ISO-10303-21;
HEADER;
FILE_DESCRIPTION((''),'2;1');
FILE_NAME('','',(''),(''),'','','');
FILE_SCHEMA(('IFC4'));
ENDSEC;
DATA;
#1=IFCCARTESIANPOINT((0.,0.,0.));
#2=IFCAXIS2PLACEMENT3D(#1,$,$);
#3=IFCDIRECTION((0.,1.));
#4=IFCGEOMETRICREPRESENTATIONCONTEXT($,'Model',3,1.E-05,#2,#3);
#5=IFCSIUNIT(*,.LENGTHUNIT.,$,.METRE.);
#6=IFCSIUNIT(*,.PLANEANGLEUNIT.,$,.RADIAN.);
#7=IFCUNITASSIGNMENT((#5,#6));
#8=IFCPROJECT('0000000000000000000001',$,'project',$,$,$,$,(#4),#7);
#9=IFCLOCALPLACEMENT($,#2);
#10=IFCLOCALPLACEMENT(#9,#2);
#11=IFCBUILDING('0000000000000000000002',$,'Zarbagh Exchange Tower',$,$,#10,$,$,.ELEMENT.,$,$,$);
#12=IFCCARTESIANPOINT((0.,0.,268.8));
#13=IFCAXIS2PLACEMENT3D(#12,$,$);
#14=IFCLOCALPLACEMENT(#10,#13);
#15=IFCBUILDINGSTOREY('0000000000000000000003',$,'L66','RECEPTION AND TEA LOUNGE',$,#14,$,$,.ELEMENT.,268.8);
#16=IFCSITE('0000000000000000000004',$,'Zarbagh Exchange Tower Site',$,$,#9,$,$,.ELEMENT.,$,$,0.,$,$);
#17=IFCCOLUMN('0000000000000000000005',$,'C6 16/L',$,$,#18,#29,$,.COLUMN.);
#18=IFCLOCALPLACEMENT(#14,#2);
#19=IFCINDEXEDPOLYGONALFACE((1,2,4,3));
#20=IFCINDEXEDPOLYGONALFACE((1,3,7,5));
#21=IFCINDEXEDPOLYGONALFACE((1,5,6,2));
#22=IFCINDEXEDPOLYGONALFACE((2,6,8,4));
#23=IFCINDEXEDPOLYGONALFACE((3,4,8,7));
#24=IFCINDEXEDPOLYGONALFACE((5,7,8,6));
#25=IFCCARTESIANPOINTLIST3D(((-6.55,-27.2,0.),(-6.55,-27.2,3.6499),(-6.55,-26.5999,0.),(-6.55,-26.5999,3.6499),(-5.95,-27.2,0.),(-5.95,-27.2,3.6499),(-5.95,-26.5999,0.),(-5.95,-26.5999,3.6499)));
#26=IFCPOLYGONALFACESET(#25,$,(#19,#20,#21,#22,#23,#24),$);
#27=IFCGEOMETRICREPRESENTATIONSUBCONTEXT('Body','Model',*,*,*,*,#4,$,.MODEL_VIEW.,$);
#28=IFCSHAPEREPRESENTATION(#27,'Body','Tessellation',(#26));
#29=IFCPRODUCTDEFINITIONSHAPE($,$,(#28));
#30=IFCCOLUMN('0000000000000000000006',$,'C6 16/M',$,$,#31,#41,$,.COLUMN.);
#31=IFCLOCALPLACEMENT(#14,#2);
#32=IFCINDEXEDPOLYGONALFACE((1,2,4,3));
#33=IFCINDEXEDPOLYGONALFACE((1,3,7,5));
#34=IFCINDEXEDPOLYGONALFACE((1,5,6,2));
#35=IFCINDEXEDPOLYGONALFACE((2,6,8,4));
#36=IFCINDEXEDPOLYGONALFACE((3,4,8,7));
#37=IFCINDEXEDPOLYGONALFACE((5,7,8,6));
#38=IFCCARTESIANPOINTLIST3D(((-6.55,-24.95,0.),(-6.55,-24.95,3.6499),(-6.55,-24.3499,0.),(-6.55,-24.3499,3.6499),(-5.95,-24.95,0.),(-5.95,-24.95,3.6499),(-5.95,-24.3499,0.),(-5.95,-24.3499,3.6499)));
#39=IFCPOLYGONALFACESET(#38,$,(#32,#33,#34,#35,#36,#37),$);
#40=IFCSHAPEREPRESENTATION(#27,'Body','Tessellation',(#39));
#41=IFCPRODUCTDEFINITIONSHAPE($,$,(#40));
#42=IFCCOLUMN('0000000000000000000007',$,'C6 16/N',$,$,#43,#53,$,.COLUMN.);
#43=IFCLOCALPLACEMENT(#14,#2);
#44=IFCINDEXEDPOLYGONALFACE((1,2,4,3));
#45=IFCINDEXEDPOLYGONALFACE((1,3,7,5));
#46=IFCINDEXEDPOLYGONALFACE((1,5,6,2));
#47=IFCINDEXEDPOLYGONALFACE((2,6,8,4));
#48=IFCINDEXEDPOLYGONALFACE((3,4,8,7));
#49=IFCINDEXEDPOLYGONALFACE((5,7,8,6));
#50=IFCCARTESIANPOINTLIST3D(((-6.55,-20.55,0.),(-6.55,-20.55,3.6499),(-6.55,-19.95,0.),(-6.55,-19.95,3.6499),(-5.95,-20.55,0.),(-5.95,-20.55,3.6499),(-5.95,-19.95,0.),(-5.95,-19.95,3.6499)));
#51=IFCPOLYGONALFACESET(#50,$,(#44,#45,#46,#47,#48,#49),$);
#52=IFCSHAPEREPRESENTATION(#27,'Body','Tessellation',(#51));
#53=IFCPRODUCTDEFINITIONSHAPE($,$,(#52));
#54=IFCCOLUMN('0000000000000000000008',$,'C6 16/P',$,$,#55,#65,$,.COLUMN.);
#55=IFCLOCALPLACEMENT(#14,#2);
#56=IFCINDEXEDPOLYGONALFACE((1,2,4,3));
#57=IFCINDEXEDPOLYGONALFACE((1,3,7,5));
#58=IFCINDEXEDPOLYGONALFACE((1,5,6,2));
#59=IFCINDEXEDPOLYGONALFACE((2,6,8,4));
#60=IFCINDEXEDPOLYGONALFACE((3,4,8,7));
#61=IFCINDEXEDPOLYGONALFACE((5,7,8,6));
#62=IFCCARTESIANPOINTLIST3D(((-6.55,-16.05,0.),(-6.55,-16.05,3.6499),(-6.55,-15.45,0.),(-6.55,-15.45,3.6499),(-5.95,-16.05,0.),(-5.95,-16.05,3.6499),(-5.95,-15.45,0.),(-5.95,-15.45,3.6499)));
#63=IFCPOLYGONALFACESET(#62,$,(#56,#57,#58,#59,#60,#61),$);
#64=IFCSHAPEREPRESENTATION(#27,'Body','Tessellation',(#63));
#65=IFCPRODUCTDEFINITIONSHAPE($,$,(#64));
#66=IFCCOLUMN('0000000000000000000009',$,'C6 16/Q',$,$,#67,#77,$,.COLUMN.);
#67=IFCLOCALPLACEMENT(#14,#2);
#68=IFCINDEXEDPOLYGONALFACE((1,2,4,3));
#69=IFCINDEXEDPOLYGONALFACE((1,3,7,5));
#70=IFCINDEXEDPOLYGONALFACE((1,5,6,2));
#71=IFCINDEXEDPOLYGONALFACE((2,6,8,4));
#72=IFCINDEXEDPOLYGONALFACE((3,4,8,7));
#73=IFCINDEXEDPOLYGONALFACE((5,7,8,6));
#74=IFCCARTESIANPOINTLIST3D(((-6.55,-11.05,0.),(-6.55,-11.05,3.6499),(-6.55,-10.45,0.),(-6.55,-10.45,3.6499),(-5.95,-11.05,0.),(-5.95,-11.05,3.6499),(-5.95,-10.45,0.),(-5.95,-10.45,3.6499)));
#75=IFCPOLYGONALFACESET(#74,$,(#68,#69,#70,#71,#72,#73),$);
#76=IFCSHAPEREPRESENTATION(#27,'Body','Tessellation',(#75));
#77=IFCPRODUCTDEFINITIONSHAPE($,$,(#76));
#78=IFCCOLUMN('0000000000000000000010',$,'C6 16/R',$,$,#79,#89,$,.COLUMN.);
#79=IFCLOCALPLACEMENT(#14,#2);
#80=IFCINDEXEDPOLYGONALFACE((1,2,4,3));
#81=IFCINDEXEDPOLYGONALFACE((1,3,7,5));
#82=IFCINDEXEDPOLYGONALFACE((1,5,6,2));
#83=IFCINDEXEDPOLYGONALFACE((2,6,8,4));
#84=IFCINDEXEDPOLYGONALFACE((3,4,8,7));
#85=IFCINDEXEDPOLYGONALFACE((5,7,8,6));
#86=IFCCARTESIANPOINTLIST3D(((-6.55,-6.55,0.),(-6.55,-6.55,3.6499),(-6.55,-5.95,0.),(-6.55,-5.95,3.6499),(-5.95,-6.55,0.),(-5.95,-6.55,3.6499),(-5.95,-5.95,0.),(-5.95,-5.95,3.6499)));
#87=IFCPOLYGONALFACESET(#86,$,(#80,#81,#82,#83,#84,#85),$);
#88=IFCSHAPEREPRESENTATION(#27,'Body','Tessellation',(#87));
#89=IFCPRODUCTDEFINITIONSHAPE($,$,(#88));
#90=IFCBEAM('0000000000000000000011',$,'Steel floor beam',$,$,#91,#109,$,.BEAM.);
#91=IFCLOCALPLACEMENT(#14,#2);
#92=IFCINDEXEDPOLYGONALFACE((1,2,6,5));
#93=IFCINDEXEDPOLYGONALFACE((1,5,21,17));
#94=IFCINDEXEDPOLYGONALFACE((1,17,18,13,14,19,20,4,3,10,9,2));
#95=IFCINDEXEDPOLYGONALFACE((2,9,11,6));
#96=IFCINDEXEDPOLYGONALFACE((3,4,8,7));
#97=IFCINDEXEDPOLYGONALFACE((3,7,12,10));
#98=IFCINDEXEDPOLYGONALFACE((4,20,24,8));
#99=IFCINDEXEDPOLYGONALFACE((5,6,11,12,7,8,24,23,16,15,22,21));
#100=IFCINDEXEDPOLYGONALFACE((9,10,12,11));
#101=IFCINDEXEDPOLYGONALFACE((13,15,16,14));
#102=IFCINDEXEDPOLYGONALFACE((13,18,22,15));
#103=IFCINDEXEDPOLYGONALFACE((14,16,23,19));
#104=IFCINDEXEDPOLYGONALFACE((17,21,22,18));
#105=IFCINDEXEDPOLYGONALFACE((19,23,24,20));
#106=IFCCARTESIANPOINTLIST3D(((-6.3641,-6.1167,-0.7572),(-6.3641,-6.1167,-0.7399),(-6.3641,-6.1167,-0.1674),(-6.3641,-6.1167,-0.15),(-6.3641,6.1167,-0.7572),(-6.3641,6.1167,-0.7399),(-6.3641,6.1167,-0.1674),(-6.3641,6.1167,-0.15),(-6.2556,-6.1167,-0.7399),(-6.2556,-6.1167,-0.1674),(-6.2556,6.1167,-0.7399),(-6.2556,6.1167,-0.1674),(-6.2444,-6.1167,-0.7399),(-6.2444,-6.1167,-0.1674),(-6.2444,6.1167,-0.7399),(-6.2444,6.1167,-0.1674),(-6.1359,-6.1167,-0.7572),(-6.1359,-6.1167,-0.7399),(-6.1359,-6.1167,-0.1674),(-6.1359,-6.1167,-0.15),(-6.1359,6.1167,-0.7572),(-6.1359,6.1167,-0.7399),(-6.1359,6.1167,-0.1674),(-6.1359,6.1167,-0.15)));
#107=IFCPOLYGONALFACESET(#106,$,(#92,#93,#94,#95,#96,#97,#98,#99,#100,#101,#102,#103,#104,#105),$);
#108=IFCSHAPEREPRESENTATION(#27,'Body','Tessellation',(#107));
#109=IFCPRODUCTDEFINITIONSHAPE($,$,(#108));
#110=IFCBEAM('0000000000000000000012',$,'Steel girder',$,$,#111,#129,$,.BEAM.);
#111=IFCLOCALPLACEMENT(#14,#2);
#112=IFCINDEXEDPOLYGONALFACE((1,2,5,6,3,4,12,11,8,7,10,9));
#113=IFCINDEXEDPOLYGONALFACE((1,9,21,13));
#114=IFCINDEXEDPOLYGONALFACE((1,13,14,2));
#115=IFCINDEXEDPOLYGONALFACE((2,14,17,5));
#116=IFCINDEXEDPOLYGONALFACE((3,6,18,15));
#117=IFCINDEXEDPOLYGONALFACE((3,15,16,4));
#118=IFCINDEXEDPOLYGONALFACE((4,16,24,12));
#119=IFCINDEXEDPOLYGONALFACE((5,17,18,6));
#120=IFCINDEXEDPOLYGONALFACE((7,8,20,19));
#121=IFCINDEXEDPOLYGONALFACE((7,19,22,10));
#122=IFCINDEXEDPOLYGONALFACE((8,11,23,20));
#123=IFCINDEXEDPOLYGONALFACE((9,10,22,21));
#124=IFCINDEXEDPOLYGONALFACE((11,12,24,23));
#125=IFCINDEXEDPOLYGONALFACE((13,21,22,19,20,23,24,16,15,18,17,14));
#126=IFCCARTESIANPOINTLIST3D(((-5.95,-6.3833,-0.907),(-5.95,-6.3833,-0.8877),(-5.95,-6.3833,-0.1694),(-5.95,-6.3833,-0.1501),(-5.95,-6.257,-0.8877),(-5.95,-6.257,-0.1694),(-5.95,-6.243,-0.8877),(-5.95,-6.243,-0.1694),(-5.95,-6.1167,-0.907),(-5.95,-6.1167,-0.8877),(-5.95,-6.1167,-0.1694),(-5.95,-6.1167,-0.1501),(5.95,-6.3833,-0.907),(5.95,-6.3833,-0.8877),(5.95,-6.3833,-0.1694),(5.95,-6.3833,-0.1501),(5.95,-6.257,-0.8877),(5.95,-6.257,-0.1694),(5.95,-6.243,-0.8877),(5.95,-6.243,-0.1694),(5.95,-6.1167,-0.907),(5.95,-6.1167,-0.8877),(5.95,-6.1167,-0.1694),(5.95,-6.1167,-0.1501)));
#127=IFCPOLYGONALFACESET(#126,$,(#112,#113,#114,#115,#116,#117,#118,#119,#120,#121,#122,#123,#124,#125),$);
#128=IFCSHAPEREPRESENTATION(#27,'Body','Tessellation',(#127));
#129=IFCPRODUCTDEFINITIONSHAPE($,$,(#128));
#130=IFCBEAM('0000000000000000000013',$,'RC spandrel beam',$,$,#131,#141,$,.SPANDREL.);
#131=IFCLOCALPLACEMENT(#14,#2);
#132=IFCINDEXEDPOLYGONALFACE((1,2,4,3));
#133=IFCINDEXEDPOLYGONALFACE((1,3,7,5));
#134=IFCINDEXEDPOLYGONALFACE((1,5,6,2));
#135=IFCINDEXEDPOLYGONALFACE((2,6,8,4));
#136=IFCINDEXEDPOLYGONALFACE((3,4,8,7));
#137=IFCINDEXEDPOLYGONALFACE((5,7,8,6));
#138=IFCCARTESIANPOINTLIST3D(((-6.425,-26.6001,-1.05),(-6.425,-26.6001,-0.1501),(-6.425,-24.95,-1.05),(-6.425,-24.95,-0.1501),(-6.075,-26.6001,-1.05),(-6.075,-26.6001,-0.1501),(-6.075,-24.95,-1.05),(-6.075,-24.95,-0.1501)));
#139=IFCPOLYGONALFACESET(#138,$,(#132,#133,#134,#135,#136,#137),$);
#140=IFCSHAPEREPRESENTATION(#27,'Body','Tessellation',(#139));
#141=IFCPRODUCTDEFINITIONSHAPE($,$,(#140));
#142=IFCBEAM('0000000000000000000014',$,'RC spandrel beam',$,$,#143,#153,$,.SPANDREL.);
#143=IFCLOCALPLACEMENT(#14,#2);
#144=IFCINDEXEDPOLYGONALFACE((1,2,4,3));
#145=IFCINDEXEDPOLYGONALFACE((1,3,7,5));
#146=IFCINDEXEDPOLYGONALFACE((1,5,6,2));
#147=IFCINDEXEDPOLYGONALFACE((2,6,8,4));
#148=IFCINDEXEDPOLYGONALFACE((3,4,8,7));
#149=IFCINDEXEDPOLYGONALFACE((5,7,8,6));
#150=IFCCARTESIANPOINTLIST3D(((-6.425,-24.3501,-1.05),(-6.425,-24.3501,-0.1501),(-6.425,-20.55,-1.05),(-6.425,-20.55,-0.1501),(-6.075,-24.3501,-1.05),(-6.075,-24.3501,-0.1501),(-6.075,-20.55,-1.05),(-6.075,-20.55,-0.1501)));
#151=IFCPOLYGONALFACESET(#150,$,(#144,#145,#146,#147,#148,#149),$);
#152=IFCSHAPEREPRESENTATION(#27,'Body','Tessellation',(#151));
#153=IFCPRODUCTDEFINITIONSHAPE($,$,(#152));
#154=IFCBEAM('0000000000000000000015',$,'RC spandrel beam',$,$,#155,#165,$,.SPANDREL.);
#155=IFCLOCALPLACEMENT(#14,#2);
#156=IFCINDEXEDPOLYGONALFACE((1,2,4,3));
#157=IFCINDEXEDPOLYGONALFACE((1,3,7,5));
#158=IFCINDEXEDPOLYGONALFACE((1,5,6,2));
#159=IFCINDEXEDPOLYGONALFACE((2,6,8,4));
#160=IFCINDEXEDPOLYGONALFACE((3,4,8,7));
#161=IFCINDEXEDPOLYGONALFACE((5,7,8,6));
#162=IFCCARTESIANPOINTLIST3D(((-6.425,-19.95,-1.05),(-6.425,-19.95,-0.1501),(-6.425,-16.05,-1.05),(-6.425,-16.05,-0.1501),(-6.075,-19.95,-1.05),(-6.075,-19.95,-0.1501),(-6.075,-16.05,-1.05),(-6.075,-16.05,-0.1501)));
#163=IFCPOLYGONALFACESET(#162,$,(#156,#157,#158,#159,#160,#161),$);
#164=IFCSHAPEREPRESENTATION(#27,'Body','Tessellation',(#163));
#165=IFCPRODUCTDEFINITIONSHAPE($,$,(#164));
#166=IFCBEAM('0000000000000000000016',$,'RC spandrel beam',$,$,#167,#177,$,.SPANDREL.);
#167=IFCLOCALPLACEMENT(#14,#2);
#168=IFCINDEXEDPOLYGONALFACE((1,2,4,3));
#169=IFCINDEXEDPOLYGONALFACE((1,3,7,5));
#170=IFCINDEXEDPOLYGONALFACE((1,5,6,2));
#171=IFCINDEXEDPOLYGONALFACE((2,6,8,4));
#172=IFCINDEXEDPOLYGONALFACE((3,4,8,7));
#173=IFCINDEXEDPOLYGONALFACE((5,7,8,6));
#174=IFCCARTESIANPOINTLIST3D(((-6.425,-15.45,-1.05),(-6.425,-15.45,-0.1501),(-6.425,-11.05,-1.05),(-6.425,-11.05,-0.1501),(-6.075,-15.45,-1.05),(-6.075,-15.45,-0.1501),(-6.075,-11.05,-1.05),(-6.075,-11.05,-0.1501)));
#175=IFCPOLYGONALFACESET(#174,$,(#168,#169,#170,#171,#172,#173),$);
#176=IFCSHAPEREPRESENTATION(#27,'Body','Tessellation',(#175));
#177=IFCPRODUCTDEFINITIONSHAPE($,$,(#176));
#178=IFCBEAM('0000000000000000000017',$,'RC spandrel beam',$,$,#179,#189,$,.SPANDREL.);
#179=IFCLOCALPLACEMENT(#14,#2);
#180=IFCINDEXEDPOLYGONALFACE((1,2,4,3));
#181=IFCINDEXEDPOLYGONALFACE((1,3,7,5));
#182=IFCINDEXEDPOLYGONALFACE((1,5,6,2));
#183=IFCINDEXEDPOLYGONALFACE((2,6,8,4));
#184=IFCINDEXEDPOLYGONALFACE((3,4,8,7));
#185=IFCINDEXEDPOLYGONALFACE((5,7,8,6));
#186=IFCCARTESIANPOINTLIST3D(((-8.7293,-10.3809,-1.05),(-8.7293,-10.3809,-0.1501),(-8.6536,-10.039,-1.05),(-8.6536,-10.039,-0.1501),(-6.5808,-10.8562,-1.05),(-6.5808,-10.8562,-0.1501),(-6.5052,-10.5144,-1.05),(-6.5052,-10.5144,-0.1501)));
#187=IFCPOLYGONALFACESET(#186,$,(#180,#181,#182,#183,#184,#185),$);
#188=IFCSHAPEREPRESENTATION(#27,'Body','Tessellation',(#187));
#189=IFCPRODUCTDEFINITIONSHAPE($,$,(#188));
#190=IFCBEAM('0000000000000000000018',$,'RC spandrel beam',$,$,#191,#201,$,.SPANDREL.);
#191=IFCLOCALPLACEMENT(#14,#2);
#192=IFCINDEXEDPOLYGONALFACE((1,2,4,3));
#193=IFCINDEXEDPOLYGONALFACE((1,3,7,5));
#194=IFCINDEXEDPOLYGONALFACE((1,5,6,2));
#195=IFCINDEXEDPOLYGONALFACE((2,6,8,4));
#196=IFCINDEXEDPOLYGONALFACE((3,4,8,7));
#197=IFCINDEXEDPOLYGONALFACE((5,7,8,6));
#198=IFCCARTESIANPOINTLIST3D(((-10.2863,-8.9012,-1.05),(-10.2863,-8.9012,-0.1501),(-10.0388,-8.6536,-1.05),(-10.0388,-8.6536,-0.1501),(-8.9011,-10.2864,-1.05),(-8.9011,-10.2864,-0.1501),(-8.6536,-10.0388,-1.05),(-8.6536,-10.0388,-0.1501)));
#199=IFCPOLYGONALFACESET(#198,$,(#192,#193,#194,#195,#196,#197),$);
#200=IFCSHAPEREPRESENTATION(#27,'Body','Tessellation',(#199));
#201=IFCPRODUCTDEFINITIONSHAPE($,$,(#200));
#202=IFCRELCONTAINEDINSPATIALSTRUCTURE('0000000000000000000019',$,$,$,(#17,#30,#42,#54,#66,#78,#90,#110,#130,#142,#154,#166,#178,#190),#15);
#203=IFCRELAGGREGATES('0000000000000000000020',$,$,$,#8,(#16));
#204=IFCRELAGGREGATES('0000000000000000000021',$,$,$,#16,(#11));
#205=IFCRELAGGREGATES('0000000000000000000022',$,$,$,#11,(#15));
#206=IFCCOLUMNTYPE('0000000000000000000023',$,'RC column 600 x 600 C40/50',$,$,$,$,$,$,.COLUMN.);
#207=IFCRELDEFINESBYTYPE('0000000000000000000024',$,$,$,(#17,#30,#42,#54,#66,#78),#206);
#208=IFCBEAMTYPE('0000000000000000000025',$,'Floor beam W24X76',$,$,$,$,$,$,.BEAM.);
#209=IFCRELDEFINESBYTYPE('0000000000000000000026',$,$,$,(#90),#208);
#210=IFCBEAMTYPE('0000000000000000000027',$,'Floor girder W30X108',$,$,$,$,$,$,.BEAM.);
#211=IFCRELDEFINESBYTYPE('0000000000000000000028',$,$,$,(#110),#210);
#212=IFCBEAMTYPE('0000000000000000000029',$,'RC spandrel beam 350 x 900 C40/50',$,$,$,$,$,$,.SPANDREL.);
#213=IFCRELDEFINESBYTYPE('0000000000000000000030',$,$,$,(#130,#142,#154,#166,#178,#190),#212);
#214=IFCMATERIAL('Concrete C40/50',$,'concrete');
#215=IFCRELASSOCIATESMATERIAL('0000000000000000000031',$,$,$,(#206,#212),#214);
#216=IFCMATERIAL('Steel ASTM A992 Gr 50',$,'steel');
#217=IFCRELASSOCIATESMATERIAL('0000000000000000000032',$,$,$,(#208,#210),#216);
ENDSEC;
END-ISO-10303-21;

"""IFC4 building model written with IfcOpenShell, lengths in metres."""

from ifc_helpers import new_model, si_unit, direction, frame, origin, origin_2d, place, context, subcontext, project, spatial, rectangle, i_section, extrude, material, material_profile, profile_set, type_object, element, save


model = new_model("IFC4")

# Units and contexts
model_context = context("Model", 3, precision=1e-05, world=origin(), true_north=direction((0.0, 1.0)))
body_context = subcontext(model_context, "Body", "Model", "MODEL_VIEW")
ifc_project = project(units=[si_unit("LENGTHUNIT", "METRE"), si_unit("PLANEANGLEUNIT", "RADIAN")], contexts=[model_context])

# Site, building, storey
site_placement = place(None, origin())
site = spatial("IfcSite", under=ifc_project, at=site_placement, Name="Zarbagh Exchange Tower Site", CompositionType="ELEMENT", RefElevation=0.0)
building_placement = place(site_placement, origin())
building = spatial("IfcBuilding", under=site, at=building_placement, Name="Zarbagh Exchange Tower", CompositionType="ELEMENT")
storey_placement = place(building_placement, frame((0.0, 0.0, 268.8)))
storey = spatial("IfcBuildingStorey", under=building, at=storey_placement, Name="L66", Description="RECEPTION AND TEA LOUNGE", CompositionType="ELEMENT", Elevation=268.8)

# Columns
ifc_material_1 = material(Name="Concrete C40/50", Category="concrete")
ifc_material_profile_1 = material_profile(ifc_material_1, rectangle(XDim=0.6001, YDim=0.6001, at=origin_2d()), Name="RC column 600 x 600 C40/50")
ifc_profile_set_1 = profile_set([ifc_material_profile_1], Name="Concrete C40/50")
column_type = type_object("IfcColumnType", Name="RC column 600 x 600 C40/50", PredefinedType="COLUMN", material=ifc_profile_set_1)
for number, where, z_axis, x_axis, name in (
    (1, (-6.25, -26.8999, 0.0), (0.0, 0.0, 1.0), (1.0, 0.0, 0.0), "C6 16/L"),
    (2, (-6.25, -24.6499, 0.0), (0.0, 0.0, 1.0), (1.0, 0.0, 0.0), "C6 16/M"),
    (3, (-6.25, -20.25, 0.0), (0.0, 0.0, 1.0), (1.0, 0.0, 0.0), "C6 16/N"),
    (4, (-6.25, -15.75, 0.0), (0.0, 0.0, 1.0), (1.0, 0.0, 0.0), "C6 16/P"),
    (5, (-6.25, -10.75, 0.0), (0.0, 0.0, 1.0), (1.0, 0.0, 0.0), "C6 16/Q"),
    (6, (-6.25, -6.25, 0.0), (0.0, 0.0, 1.0), (1.0, 0.0, 0.0), "C6 16/R"),
):
    element("IfcColumn", number, at=place(storey_placement, frame(where, z_axis=z_axis, x_axis=x_axis)), inside=storey, type_object=column_type, Name=name, PredefinedType="COLUMN", context=body_context, shape_type="SweptSolid", body=[
        extrude(rectangle(XDim=0.6001, YDim=0.6001, at=origin_2d()), origin(), (0.0, 0.0, 1.0), 3.6499),
    ])

# Beams
ifc_material_2 = material(Name="Steel ASTM A992 Gr 50", Category="steel")
ifc_material_profile_2 = material_profile(ifc_material_2, i_section(OverallWidth=0.2283, OverallDepth=0.6072, WebThickness=0.0112, FlangeThickness=0.0173, at=origin_2d()), Name="W24X76")
ifc_profile_set_2 = profile_set([ifc_material_profile_2], Name="Steel ASTM A992 Gr 50")
beam_type_1 = type_object("IfcBeamType", Name="Floor beam W24X76", PredefinedType="BEAM", material=ifc_profile_set_2)
beam_1_placement = place(storey_placement, frame((-6.25, -6.1167, -0.4536), z_axis=(0.0, 1.0, 0.0), x_axis=(-1.0, 0.0, 0.0)))
element("IfcBeam", 7, at=beam_1_placement, inside=storey, type_object=beam_type_1, Name="Steel floor beam", PredefinedType="BEAM", context=body_context, shape_type="SweptSolid", body=[
    extrude(i_section(OverallWidth=0.2283, OverallDepth=0.6072, WebThickness=0.0112, FlangeThickness=0.0173, at=origin_2d()), origin(), (0.0, 0.0, 1.0), 12.2334),
])
ifc_material_profile_3 = material_profile(ifc_material_2, i_section(OverallWidth=0.2666, OverallDepth=0.7568, WebThickness=0.0139, FlangeThickness=0.0193, at=origin_2d()), Name="W30X108")
ifc_profile_set_3 = profile_set([ifc_material_profile_3], Name="Steel ASTM A992 Gr 50")
beam_type_2 = type_object("IfcBeamType", Name="Floor girder W30X108", PredefinedType="BEAM", material=ifc_profile_set_3)
beam_2_placement = place(storey_placement, frame((-5.95, -6.25, -0.5286), z_axis=(1.0, 0.0, 0.0), x_axis=(0.0, 1.0, 0.0)))
element("IfcBeam", 8, at=beam_2_placement, inside=storey, type_object=beam_type_2, Name="Steel girder", PredefinedType="BEAM", context=body_context, shape_type="SweptSolid", body=[
    extrude(i_section(OverallWidth=0.2666, OverallDepth=0.7568, WebThickness=0.0139, FlangeThickness=0.0193, at=origin_2d()), origin(), (0.0, 0.0, 1.0), 11.8999),
])
ifc_material_profile_4 = material_profile(ifc_material_1, rectangle(XDim=0.3501, YDim=0.8999, at=origin_2d()), Name="RC spandrel beam 350 x 900 C40/50")
ifc_profile_set_4 = profile_set([ifc_material_profile_4], Name="Concrete C40/50")
beam_type_3 = type_object("IfcBeamType", Name="RC spandrel beam 350 x 900 C40/50", PredefinedType="SPANDREL", material=ifc_profile_set_4)
beam_3_placement = place(storey_placement, frame((-6.25, -26.6001, -0.6001), z_axis=(0.0, 1.0, 0.0), x_axis=(-1.0, 0.0, 0.0)))
element("IfcBeam", 9, at=beam_3_placement, inside=storey, type_object=beam_type_3, Name="RC spandrel beam", PredefinedType="SPANDREL", context=body_context, shape_type="SweptSolid", body=[
    extrude(rectangle(XDim=0.3501, YDim=0.8999, at=origin_2d()), origin(), (0.0, 0.0, 1.0), 1.6501),
])
beam_4_placement = place(storey_placement, frame((-6.25, -24.3501, -0.6001), z_axis=(0.0, 1.0, 0.0), x_axis=(-1.0, 0.0, 0.0)))
element("IfcBeam", 10, at=beam_4_placement, inside=storey, type_object=beam_type_3, Name="RC spandrel beam", PredefinedType="SPANDREL", context=body_context, shape_type="SweptSolid", body=[
    extrude(rectangle(XDim=0.3501, YDim=0.8999, at=origin_2d()), origin(), (0.0, 0.0, 1.0), 3.8),
])
beam_5_placement = place(storey_placement, frame((-6.25, -19.95, -0.6001), z_axis=(0.0, 1.0, 0.0), x_axis=(-1.0, 0.0, 0.0)))
element("IfcBeam", 11, at=beam_5_placement, inside=storey, type_object=beam_type_3, Name="RC spandrel beam", PredefinedType="SPANDREL", context=body_context, shape_type="SweptSolid", body=[
    extrude(rectangle(XDim=0.3501, YDim=0.8999, at=origin_2d()), origin(), (0.0, 0.0, 1.0), 3.8999),
])
beam_6_placement = place(storey_placement, frame((-6.25, -15.45, -0.6001), z_axis=(0.0, 1.0, 0.0), x_axis=(-1.0, 0.0, 0.0)))
element("IfcBeam", 12, at=beam_6_placement, inside=storey, type_object=beam_type_3, Name="RC spandrel beam", PredefinedType="SPANDREL", context=body_context, shape_type="SweptSolid", body=[
    extrude(rectangle(XDim=0.3501, YDim=0.8999, at=origin_2d()), origin(), (0.0, 0.0, 1.0), 4.3999),
])
beam_7_placement = place(storey_placement, frame((-6.543, -10.6853, -0.6001), z_axis=(-0.976388, 0.216026, 0.0), x_axis=(-0.216026, -0.976388, 0.0)))
element("IfcBeam", 13, at=beam_7_placement, inside=storey, type_object=beam_type_3, Name="RC spandrel beam", PredefinedType="SPANDREL", context=body_context, shape_type="SweptSolid", body=[
    extrude(rectangle(XDim=0.3501, YDim=0.8999, at=origin_2d()), origin(), (0.0, 0.0, 1.0), 2.2004),
])
beam_8_placement = place(storey_placement, frame((-8.7773, -10.1626, -0.6001), z_axis=(-0.707107, 0.707107, 0.0), x_axis=(-0.707107, -0.707107, 0.0)))
element("IfcBeam", 14, at=beam_8_placement, inside=storey, type_object=beam_type_3, Name="RC spandrel beam", PredefinedType="SPANDREL", context=body_context, shape_type="SweptSolid", body=[
    extrude(rectangle(XDim=0.3501, YDim=0.8999, at=origin_2d()), origin(), (0.0, 0.0, 1.0), 1.959),
])

save(model, "model.ifc")
